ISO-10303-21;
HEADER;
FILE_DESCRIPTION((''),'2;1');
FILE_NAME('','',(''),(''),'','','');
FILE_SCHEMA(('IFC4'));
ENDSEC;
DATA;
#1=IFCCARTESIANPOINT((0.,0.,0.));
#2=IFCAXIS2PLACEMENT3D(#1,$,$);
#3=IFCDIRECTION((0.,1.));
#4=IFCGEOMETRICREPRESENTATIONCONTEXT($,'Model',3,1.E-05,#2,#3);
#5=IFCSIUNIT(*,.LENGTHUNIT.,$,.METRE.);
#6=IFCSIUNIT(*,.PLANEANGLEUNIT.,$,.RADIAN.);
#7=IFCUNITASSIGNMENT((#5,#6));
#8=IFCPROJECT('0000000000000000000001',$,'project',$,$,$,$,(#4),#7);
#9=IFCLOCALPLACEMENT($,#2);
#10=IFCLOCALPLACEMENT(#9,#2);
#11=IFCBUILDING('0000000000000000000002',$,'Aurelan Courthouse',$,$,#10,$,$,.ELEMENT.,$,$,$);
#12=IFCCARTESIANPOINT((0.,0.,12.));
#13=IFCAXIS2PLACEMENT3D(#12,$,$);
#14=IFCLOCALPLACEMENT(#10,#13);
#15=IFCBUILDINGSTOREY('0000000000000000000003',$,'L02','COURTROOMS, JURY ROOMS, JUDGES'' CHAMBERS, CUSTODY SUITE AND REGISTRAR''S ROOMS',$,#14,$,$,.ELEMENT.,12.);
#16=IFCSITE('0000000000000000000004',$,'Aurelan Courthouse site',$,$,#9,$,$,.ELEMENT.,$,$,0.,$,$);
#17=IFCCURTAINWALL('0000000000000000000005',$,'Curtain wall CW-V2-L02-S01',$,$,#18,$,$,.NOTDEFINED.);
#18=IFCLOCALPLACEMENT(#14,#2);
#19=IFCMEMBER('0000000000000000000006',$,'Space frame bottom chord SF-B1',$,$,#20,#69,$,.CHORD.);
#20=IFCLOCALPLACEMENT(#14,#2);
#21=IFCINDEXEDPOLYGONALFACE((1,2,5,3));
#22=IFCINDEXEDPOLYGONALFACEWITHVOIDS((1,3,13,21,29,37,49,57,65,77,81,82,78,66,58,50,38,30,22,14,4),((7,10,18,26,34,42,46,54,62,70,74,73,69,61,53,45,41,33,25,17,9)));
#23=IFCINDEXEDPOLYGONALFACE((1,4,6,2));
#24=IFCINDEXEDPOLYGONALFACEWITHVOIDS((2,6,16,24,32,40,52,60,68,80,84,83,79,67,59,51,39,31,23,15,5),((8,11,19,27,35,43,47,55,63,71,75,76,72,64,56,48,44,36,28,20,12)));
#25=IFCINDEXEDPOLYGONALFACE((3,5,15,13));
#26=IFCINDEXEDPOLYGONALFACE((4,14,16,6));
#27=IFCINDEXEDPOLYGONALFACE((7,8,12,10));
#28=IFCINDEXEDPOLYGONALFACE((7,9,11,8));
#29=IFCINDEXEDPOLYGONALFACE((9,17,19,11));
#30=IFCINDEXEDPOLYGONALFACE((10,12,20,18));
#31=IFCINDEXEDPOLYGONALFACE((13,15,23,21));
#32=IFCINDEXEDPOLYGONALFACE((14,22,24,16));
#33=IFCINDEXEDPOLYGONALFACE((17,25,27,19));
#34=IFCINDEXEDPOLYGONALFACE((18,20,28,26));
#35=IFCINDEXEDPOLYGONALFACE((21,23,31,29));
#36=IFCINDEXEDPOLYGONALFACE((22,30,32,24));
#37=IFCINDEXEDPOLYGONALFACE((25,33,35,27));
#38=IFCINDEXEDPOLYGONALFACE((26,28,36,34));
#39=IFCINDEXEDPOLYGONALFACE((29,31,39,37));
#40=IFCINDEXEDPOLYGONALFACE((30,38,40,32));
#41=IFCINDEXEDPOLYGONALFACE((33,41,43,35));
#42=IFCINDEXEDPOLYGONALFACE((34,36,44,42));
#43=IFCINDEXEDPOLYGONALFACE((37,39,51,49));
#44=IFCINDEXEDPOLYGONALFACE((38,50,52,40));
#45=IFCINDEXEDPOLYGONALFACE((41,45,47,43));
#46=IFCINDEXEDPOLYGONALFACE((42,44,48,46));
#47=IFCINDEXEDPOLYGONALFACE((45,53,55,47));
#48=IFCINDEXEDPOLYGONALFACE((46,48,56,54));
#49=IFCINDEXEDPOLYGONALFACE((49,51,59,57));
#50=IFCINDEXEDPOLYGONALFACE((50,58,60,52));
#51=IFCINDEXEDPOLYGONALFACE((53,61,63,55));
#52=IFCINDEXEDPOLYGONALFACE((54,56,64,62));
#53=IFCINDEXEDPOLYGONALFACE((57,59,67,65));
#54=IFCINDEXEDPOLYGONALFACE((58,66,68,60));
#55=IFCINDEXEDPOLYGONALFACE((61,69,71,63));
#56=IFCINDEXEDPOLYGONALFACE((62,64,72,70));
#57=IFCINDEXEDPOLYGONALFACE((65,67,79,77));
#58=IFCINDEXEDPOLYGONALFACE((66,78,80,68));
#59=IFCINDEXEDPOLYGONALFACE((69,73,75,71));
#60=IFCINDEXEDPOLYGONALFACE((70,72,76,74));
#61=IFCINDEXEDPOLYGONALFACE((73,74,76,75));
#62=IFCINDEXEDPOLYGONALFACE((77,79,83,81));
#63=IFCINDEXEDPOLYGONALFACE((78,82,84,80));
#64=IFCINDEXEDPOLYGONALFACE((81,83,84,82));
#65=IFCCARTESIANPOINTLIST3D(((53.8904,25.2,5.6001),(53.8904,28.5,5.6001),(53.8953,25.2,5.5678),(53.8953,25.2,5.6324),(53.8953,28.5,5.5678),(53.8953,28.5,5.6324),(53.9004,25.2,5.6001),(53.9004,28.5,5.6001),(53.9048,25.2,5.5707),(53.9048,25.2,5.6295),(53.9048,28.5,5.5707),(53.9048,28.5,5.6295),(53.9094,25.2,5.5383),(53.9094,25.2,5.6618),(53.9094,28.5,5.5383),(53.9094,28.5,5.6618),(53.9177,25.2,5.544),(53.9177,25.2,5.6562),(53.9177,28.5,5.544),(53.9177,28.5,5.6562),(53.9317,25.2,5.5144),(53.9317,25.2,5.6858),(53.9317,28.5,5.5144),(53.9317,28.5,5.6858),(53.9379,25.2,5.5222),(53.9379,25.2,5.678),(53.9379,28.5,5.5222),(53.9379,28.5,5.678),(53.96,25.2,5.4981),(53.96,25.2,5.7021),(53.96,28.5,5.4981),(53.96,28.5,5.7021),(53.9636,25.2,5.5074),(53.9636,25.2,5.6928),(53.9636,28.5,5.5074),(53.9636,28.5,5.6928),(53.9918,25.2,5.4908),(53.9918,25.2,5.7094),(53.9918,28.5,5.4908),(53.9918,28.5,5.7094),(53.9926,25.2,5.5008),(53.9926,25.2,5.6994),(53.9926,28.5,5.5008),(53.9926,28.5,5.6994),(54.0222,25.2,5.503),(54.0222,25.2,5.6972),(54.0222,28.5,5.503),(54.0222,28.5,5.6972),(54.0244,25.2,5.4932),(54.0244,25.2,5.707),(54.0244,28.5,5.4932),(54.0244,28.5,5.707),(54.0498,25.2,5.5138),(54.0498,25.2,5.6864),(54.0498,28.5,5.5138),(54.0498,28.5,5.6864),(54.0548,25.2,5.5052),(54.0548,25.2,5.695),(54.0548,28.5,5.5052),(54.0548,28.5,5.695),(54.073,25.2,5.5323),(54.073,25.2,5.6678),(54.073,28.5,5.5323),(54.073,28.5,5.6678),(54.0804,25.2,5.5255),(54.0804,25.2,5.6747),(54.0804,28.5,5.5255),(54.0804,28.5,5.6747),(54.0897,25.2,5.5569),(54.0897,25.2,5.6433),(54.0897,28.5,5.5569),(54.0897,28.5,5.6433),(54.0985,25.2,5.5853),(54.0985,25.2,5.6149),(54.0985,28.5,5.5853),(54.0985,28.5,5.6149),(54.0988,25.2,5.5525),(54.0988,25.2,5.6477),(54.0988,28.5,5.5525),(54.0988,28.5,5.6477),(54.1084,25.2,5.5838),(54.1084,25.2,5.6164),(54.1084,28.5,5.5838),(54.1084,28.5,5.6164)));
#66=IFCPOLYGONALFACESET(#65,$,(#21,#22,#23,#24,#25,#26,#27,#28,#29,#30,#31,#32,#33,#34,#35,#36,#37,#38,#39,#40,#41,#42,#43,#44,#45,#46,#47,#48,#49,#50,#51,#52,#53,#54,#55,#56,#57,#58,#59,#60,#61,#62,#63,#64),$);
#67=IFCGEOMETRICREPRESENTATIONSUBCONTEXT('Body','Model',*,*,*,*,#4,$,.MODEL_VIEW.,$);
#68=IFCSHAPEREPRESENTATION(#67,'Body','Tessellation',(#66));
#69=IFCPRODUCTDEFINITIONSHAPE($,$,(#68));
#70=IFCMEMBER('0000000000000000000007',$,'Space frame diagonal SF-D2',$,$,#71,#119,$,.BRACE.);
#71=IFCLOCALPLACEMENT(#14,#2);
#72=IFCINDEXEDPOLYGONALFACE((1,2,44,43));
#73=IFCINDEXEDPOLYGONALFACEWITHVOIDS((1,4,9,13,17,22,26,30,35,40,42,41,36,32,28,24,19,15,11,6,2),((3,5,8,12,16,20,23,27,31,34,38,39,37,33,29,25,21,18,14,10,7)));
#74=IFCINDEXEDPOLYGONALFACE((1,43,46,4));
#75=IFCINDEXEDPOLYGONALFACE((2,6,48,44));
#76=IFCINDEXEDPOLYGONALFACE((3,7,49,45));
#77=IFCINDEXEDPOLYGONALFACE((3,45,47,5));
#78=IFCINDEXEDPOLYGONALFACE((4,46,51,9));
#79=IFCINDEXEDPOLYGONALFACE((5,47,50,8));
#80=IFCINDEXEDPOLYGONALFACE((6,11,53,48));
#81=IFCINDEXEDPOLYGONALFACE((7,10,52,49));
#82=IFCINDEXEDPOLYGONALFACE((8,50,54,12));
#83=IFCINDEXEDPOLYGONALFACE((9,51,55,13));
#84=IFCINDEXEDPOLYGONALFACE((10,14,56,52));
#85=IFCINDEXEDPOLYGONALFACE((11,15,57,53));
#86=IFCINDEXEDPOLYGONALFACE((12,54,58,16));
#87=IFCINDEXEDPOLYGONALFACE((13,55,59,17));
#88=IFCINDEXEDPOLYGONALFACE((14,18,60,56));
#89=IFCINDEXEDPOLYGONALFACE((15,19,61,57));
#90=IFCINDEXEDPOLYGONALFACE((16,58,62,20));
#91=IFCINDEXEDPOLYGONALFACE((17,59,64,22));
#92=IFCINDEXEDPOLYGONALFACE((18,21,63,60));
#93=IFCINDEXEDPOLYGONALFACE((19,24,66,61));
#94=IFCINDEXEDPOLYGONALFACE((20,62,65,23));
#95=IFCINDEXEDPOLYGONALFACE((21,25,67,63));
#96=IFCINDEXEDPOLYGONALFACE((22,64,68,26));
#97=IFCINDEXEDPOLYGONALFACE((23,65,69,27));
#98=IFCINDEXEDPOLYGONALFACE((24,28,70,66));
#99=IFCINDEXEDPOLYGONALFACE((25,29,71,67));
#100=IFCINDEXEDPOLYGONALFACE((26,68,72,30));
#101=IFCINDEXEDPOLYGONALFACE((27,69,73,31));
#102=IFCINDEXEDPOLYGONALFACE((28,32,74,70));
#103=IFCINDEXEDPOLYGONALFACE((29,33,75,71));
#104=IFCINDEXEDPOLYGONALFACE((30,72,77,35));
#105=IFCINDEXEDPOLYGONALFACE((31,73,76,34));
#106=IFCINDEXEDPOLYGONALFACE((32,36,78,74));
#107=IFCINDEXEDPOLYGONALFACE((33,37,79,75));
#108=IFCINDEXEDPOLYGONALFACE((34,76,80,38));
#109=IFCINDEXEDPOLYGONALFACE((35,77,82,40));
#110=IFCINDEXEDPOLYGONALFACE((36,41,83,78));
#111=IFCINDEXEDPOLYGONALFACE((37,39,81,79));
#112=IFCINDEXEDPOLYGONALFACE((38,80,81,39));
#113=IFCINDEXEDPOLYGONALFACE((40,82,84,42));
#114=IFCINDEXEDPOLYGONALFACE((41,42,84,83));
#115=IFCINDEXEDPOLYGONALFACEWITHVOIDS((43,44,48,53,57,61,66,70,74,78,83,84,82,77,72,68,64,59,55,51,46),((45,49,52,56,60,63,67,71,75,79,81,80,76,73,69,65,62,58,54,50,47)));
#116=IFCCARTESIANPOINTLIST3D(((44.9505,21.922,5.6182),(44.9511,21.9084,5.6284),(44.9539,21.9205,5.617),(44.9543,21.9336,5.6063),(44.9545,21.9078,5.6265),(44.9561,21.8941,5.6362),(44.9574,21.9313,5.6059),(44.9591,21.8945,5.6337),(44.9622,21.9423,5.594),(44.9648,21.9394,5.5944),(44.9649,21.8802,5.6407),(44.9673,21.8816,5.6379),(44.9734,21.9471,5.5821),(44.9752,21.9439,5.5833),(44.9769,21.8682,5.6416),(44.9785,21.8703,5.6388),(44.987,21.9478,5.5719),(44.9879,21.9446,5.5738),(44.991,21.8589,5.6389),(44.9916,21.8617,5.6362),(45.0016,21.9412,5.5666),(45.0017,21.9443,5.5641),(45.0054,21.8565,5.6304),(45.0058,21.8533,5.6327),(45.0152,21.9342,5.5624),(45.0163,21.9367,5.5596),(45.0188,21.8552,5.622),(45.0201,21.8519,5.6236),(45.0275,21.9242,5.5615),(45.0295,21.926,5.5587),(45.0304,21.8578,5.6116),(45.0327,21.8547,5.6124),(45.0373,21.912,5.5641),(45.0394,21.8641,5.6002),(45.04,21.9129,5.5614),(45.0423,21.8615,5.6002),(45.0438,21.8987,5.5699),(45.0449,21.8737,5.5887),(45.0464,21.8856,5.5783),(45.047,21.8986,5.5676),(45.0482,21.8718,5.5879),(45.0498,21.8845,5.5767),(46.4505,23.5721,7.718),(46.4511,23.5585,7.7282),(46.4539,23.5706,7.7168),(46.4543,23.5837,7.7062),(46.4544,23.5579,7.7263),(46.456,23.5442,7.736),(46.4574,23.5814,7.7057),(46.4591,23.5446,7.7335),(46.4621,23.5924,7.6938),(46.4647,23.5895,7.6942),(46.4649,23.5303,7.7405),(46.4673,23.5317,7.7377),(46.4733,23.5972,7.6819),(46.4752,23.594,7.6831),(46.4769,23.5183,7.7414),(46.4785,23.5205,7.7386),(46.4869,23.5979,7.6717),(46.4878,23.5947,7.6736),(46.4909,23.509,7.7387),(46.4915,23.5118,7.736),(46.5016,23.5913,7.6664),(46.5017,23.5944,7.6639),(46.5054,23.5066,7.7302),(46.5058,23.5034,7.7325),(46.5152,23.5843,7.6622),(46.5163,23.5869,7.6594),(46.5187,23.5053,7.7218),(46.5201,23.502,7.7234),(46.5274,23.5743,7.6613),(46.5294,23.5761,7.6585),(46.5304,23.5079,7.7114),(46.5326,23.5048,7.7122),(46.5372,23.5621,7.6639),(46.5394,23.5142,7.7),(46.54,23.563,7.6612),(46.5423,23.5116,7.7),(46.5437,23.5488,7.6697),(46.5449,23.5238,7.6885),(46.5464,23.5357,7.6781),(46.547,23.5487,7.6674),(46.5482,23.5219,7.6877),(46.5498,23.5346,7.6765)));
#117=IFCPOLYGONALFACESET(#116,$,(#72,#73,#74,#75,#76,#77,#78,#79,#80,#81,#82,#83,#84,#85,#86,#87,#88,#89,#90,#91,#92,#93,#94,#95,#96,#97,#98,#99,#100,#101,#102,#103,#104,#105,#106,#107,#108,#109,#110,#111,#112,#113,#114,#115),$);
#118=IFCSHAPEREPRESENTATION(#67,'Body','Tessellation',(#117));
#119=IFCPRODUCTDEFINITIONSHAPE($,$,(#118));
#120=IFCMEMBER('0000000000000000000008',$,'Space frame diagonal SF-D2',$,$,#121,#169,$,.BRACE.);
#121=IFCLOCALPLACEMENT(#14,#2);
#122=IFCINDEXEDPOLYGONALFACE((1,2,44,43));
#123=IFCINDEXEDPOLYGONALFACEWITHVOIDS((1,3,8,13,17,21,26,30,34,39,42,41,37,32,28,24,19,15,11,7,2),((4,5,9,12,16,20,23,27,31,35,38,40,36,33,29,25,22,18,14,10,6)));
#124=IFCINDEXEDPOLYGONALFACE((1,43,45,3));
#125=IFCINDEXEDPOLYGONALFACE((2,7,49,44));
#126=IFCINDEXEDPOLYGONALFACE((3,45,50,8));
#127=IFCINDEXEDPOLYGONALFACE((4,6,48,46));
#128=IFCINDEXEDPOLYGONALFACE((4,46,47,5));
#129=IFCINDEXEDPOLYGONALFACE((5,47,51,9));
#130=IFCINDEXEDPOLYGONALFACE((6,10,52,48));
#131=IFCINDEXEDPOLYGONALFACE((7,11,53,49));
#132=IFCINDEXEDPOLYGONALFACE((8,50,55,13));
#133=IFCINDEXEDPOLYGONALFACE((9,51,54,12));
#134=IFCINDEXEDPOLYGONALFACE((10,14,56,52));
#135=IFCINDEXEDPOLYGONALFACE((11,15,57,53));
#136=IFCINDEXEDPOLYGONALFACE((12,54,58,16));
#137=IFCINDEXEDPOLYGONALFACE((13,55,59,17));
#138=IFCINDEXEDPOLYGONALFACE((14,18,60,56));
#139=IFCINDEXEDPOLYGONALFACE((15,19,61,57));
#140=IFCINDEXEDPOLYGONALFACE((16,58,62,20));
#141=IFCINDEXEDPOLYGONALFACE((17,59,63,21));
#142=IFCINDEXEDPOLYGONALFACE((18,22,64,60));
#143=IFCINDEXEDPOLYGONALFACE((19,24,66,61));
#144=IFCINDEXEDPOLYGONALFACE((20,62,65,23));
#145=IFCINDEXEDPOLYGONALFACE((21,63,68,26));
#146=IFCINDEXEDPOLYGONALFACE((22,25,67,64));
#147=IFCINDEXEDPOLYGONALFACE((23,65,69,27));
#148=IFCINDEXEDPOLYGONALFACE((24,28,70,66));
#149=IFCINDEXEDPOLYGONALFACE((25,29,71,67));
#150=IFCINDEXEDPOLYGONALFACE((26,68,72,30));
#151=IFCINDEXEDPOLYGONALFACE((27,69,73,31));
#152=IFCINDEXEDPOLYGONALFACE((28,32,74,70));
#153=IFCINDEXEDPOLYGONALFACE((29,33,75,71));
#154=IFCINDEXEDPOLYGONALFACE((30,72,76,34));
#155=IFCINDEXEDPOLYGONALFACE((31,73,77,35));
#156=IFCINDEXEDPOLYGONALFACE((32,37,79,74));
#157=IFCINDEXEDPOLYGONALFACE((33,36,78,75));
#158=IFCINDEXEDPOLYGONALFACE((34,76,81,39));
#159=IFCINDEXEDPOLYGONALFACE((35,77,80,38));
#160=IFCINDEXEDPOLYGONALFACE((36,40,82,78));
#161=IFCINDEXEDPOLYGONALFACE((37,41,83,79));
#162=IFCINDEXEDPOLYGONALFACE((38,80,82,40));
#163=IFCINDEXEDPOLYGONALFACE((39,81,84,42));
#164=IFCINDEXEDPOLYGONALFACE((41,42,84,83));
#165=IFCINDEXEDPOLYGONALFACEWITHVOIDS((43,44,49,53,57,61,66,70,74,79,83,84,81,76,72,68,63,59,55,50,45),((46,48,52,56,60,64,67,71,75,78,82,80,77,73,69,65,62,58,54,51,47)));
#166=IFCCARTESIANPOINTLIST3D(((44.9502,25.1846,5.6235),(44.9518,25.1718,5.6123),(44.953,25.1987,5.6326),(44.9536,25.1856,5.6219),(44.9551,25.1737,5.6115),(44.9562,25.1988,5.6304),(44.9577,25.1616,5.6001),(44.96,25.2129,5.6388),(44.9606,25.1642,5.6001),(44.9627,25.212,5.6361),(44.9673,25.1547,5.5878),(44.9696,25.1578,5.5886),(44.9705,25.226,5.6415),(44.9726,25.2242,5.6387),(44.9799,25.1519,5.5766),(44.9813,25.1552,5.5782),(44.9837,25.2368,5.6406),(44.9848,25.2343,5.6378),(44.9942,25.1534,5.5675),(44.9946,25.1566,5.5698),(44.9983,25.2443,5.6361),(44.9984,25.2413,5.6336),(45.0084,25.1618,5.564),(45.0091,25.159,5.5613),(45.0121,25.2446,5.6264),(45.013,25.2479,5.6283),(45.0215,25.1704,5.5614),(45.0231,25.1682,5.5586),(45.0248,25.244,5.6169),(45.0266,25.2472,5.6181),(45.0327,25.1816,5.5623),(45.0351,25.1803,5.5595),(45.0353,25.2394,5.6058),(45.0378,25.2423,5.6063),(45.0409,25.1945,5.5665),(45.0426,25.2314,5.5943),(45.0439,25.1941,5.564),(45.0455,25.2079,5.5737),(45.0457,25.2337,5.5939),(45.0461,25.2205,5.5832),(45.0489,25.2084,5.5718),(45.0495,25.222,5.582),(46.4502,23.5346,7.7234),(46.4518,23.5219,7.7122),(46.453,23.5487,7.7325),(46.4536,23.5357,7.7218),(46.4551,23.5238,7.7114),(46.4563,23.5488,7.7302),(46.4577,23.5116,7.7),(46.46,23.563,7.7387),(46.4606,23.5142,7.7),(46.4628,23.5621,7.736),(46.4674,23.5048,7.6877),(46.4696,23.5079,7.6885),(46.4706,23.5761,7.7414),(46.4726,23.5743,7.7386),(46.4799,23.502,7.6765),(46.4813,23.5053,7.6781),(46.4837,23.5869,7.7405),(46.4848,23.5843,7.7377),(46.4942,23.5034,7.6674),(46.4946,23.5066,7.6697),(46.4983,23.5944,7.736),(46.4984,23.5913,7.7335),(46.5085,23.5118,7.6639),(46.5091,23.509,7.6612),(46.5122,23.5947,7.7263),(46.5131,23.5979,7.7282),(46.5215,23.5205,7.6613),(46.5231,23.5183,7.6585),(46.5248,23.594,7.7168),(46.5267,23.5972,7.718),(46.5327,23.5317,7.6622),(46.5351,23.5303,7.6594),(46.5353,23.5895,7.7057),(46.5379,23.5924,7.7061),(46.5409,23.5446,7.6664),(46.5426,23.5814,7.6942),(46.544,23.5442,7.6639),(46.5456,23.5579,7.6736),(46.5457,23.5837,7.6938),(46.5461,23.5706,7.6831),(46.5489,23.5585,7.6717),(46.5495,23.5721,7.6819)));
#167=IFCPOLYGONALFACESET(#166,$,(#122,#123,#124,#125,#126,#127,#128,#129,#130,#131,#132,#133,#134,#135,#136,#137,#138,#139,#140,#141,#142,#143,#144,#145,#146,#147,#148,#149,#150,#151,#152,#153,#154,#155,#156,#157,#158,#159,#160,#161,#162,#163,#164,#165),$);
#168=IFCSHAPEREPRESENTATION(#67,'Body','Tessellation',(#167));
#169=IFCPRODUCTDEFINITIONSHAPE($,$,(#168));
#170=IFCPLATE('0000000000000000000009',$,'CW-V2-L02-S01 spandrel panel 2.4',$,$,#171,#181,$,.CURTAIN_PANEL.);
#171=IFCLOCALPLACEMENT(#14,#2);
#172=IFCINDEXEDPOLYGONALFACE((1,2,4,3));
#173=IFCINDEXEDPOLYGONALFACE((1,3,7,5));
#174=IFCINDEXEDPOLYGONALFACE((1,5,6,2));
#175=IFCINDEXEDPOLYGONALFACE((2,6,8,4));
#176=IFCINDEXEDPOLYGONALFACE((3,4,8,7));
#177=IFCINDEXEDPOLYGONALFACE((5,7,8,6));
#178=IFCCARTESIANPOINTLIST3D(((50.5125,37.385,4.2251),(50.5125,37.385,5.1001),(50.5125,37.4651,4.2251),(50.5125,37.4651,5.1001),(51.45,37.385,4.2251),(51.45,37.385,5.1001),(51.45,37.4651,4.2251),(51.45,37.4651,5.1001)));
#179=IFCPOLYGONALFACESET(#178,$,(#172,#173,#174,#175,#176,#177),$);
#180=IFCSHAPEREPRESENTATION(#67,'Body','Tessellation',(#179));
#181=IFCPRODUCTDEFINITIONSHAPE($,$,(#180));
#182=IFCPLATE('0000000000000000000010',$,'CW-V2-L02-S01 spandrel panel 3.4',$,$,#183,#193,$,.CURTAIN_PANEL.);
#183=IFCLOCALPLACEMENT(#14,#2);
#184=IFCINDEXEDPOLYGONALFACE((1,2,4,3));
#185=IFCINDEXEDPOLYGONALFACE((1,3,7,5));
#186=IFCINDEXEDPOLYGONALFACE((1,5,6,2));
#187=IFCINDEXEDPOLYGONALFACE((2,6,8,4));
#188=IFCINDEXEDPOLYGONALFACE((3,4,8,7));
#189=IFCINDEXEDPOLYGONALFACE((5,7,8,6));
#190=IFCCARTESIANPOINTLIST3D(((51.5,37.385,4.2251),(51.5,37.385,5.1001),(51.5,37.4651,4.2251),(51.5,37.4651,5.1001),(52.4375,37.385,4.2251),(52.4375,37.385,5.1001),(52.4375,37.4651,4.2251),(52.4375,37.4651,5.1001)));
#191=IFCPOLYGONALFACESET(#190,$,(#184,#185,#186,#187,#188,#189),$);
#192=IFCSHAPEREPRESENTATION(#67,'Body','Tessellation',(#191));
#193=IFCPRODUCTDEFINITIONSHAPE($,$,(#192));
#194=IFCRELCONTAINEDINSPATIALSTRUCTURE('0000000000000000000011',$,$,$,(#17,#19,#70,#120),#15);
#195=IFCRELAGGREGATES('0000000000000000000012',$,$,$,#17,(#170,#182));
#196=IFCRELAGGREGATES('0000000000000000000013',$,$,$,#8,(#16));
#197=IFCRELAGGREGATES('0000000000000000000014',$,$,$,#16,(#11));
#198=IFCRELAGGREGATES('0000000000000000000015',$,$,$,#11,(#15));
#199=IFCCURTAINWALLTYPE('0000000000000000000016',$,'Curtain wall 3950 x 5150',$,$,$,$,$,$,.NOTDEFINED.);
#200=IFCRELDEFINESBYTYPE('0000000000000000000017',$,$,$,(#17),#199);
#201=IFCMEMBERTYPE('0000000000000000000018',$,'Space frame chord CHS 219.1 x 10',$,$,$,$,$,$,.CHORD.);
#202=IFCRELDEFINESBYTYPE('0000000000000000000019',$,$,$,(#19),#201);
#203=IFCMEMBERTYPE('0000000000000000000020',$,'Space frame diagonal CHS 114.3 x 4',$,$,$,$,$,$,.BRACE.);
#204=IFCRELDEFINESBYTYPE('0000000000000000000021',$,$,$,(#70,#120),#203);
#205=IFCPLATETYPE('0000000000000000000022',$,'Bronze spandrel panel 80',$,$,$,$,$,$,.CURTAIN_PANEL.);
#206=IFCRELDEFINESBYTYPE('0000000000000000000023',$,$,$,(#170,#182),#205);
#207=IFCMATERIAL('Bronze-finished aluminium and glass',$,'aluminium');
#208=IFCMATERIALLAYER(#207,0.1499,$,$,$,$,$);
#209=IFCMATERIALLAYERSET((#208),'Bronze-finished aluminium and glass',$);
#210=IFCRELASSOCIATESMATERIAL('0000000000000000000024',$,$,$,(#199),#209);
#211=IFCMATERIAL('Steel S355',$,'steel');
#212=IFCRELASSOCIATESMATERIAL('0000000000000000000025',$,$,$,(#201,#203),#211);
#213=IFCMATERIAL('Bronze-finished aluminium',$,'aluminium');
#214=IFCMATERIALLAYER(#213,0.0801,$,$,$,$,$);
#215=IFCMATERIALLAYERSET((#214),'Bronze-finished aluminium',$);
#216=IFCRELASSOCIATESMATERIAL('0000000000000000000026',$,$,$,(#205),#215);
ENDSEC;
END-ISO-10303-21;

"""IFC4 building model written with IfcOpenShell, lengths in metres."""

from ifc_helpers import new_model, si_unit, direction, frame, origin, origin_2d, place, context, subcontext, project, spatial, rectangle, hollow_circle, extrude, material, layer, layer_set, material_profile, profile_set, type_object, element, aggregate, save


model = new_model("IFC4")

# Units and contexts
model_context = context("Model", 3, precision=1e-05, world=origin(), true_north=direction((0.0, 1.0)))
body_context = subcontext(model_context, "Body", "Model", "MODEL_VIEW")
ifc_project = project(units=[si_unit("LENGTHUNIT", "METRE"), si_unit("PLANEANGLEUNIT", "RADIAN")], contexts=[model_context])

# Site, building, storey
site_placement = place(None, origin())
site = spatial("IfcSite", under=ifc_project, at=site_placement, Name="Aurelan Courthouse site", CompositionType="ELEMENT", RefElevation=0.0)
building_placement = place(site_placement, origin())
building = spatial("IfcBuilding", under=site, at=building_placement, Name="Aurelan Courthouse", CompositionType="ELEMENT")
storey_placement = place(building_placement, frame((0.0, 0.0, 12.0)))
storey = spatial("IfcBuildingStorey", under=building, at=storey_placement, Name="L02", Description="COURTROOMS, JURY ROOMS, JUDGES' CHAMBERS, CUSTODY SUITE AND REGISTRAR'S ROOMS", CompositionType="ELEMENT", Elevation=12.0)

# Shared definitions
ifc_material_1 = material(Name="Steel S355", Category="steel")

# Curtain wall
ifc_material_2 = material(Name="Bronze-finished aluminium and glass", Category="aluminium")
ifc_layer_1 = layer(ifc_material_2, 0.1499)
ifc_layer_set_1 = layer_set([ifc_layer_1], Name="Bronze-finished aluminium and glass")
curtain_wall_type = type_object("IfcCurtainWallType", Name="Curtain wall 3950 x 5150", PredefinedType="NOTDEFINED", material=ifc_layer_set_1)
curtain_wall_placement = place(storey_placement, origin())
curtain_wall = element("IfcCurtainWall", 1, at=curtain_wall_placement, inside=storey, type_object=curtain_wall_type, Name="Curtain wall CW-V2-L02-S01", PredefinedType="NOTDEFINED")
ifc_material_3 = material(Name="Bronze-finished aluminium", Category="aluminium")

# Members
ifc_material_profile_1 = material_profile(ifc_material_1, hollow_circle(Radius=0.1096, WallThickness=0.01, at=origin_2d()), Name="CHS 219.1 x 10")
ifc_profile_set_1 = profile_set([ifc_material_profile_1], Name="Steel S355")
member_type_1 = type_object("IfcMemberType", Name="Space frame chord CHS 219.1 x 10", PredefinedType="CHORD", material=ifc_profile_set_1)
for number, where, z_axis, x_axis, name in (
    (2, (54.0, 25.2, 5.6001), (0.0, 1.0, 0.0), (-1.0, 0.0, 0.0), "Space frame bottom chord SF-B1"),
):
    element("IfcMember", number, at=place(storey_placement, frame(where, z_axis=z_axis, x_axis=x_axis)), inside=storey, type_object=member_type_1, Name=name, PredefinedType="CHORD", context=body_context, shape_type="SweptSolid", body=[
        extrude(hollow_circle(Radius=0.1096, WallThickness=0.01, at=origin_2d()), origin(), (0.0, 0.0, 1.0), 3.3),
    ])
ifc_material_profile_2 = material_profile(ifc_material_1, hollow_circle(Radius=0.0571, WallThickness=0.0039, at=origin_2d()), Name="CHS 114.3 x 4")
ifc_profile_set_2 = profile_set([ifc_material_profile_2], Name="Steel S355")
member_type_2 = type_object("IfcMemberType", Name="Space frame diagonal CHS 114.3 x 4", PredefinedType="BRACE", material=ifc_profile_set_2)
for number, where, z_axis, x_axis, name in (
    (3, (46.5, 23.55, 7.7), (-0.489706, -0.538724, -0.68554), (0.73997, -0.67264, 0.0), "Space frame diagonal SF-D2"),
    (4, (46.5, 23.55, 7.7), (-0.489727, 0.538667, -0.685569), (-0.73992, -0.672695, 0.0), "Space frame diagonal SF-D2"),
):
    element("IfcMember", number, at=place(storey_placement, frame(where, z_axis=z_axis, x_axis=x_axis)), inside=storey, type_object=member_type_2, Name=name, PredefinedType="BRACE", context=body_context, shape_type="SweptSolid", body=[
        extrude(hollow_circle(Radius=0.0571, WallThickness=0.0039, at=origin_2d()), origin(), (0.0, 0.0, 1.0), 3.063),
    ])

# Plates
ifc_layer_2 = layer(ifc_material_3, 0.0801)
ifc_layer_set_2 = layer_set([ifc_layer_2], Name="Bronze-finished aluminium")
plate_type = type_object("IfcPlateType", Name="Bronze spandrel panel 80", PredefinedType="CURTAIN_PANEL", material=ifc_layer_set_2)
plate_1_placement = place(storey_placement, frame((50.9812, 37.425, 4.2251), z_axis=(0.0, 0.0, 1.0), x_axis=(1.0, 0.0, 0.0)))
plate_1 = element("IfcPlate", 5, at=plate_1_placement, type_object=plate_type, Name="CW-V2-L02-S01 spandrel panel 2.4", PredefinedType="CURTAIN_PANEL", context=body_context, shape_type="SweptSolid", body=[
    extrude(rectangle(XDim=0.9375, YDim=0.0801, at=origin_2d()), origin(), (0.0, 0.0, 1.0), 0.875),
])
plate_2_placement = place(storey_placement, frame((51.9688, 37.425, 4.2251), z_axis=(0.0, 0.0, 1.0), x_axis=(1.0, 0.0, 0.0)))
plate_2 = element("IfcPlate", 6, at=plate_2_placement, type_object=plate_type, Name="CW-V2-L02-S01 spandrel panel 3.4", PredefinedType="CURTAIN_PANEL", context=body_context, shape_type="SweptSolid", body=[
    extrude(rectangle(XDim=0.9375, YDim=0.0801, at=origin_2d()), origin(), (0.0, 0.0, 1.0), 0.875),
])
aggregate(curtain_wall, [plate_1, plate_2])

save(model, "model.ifc")
